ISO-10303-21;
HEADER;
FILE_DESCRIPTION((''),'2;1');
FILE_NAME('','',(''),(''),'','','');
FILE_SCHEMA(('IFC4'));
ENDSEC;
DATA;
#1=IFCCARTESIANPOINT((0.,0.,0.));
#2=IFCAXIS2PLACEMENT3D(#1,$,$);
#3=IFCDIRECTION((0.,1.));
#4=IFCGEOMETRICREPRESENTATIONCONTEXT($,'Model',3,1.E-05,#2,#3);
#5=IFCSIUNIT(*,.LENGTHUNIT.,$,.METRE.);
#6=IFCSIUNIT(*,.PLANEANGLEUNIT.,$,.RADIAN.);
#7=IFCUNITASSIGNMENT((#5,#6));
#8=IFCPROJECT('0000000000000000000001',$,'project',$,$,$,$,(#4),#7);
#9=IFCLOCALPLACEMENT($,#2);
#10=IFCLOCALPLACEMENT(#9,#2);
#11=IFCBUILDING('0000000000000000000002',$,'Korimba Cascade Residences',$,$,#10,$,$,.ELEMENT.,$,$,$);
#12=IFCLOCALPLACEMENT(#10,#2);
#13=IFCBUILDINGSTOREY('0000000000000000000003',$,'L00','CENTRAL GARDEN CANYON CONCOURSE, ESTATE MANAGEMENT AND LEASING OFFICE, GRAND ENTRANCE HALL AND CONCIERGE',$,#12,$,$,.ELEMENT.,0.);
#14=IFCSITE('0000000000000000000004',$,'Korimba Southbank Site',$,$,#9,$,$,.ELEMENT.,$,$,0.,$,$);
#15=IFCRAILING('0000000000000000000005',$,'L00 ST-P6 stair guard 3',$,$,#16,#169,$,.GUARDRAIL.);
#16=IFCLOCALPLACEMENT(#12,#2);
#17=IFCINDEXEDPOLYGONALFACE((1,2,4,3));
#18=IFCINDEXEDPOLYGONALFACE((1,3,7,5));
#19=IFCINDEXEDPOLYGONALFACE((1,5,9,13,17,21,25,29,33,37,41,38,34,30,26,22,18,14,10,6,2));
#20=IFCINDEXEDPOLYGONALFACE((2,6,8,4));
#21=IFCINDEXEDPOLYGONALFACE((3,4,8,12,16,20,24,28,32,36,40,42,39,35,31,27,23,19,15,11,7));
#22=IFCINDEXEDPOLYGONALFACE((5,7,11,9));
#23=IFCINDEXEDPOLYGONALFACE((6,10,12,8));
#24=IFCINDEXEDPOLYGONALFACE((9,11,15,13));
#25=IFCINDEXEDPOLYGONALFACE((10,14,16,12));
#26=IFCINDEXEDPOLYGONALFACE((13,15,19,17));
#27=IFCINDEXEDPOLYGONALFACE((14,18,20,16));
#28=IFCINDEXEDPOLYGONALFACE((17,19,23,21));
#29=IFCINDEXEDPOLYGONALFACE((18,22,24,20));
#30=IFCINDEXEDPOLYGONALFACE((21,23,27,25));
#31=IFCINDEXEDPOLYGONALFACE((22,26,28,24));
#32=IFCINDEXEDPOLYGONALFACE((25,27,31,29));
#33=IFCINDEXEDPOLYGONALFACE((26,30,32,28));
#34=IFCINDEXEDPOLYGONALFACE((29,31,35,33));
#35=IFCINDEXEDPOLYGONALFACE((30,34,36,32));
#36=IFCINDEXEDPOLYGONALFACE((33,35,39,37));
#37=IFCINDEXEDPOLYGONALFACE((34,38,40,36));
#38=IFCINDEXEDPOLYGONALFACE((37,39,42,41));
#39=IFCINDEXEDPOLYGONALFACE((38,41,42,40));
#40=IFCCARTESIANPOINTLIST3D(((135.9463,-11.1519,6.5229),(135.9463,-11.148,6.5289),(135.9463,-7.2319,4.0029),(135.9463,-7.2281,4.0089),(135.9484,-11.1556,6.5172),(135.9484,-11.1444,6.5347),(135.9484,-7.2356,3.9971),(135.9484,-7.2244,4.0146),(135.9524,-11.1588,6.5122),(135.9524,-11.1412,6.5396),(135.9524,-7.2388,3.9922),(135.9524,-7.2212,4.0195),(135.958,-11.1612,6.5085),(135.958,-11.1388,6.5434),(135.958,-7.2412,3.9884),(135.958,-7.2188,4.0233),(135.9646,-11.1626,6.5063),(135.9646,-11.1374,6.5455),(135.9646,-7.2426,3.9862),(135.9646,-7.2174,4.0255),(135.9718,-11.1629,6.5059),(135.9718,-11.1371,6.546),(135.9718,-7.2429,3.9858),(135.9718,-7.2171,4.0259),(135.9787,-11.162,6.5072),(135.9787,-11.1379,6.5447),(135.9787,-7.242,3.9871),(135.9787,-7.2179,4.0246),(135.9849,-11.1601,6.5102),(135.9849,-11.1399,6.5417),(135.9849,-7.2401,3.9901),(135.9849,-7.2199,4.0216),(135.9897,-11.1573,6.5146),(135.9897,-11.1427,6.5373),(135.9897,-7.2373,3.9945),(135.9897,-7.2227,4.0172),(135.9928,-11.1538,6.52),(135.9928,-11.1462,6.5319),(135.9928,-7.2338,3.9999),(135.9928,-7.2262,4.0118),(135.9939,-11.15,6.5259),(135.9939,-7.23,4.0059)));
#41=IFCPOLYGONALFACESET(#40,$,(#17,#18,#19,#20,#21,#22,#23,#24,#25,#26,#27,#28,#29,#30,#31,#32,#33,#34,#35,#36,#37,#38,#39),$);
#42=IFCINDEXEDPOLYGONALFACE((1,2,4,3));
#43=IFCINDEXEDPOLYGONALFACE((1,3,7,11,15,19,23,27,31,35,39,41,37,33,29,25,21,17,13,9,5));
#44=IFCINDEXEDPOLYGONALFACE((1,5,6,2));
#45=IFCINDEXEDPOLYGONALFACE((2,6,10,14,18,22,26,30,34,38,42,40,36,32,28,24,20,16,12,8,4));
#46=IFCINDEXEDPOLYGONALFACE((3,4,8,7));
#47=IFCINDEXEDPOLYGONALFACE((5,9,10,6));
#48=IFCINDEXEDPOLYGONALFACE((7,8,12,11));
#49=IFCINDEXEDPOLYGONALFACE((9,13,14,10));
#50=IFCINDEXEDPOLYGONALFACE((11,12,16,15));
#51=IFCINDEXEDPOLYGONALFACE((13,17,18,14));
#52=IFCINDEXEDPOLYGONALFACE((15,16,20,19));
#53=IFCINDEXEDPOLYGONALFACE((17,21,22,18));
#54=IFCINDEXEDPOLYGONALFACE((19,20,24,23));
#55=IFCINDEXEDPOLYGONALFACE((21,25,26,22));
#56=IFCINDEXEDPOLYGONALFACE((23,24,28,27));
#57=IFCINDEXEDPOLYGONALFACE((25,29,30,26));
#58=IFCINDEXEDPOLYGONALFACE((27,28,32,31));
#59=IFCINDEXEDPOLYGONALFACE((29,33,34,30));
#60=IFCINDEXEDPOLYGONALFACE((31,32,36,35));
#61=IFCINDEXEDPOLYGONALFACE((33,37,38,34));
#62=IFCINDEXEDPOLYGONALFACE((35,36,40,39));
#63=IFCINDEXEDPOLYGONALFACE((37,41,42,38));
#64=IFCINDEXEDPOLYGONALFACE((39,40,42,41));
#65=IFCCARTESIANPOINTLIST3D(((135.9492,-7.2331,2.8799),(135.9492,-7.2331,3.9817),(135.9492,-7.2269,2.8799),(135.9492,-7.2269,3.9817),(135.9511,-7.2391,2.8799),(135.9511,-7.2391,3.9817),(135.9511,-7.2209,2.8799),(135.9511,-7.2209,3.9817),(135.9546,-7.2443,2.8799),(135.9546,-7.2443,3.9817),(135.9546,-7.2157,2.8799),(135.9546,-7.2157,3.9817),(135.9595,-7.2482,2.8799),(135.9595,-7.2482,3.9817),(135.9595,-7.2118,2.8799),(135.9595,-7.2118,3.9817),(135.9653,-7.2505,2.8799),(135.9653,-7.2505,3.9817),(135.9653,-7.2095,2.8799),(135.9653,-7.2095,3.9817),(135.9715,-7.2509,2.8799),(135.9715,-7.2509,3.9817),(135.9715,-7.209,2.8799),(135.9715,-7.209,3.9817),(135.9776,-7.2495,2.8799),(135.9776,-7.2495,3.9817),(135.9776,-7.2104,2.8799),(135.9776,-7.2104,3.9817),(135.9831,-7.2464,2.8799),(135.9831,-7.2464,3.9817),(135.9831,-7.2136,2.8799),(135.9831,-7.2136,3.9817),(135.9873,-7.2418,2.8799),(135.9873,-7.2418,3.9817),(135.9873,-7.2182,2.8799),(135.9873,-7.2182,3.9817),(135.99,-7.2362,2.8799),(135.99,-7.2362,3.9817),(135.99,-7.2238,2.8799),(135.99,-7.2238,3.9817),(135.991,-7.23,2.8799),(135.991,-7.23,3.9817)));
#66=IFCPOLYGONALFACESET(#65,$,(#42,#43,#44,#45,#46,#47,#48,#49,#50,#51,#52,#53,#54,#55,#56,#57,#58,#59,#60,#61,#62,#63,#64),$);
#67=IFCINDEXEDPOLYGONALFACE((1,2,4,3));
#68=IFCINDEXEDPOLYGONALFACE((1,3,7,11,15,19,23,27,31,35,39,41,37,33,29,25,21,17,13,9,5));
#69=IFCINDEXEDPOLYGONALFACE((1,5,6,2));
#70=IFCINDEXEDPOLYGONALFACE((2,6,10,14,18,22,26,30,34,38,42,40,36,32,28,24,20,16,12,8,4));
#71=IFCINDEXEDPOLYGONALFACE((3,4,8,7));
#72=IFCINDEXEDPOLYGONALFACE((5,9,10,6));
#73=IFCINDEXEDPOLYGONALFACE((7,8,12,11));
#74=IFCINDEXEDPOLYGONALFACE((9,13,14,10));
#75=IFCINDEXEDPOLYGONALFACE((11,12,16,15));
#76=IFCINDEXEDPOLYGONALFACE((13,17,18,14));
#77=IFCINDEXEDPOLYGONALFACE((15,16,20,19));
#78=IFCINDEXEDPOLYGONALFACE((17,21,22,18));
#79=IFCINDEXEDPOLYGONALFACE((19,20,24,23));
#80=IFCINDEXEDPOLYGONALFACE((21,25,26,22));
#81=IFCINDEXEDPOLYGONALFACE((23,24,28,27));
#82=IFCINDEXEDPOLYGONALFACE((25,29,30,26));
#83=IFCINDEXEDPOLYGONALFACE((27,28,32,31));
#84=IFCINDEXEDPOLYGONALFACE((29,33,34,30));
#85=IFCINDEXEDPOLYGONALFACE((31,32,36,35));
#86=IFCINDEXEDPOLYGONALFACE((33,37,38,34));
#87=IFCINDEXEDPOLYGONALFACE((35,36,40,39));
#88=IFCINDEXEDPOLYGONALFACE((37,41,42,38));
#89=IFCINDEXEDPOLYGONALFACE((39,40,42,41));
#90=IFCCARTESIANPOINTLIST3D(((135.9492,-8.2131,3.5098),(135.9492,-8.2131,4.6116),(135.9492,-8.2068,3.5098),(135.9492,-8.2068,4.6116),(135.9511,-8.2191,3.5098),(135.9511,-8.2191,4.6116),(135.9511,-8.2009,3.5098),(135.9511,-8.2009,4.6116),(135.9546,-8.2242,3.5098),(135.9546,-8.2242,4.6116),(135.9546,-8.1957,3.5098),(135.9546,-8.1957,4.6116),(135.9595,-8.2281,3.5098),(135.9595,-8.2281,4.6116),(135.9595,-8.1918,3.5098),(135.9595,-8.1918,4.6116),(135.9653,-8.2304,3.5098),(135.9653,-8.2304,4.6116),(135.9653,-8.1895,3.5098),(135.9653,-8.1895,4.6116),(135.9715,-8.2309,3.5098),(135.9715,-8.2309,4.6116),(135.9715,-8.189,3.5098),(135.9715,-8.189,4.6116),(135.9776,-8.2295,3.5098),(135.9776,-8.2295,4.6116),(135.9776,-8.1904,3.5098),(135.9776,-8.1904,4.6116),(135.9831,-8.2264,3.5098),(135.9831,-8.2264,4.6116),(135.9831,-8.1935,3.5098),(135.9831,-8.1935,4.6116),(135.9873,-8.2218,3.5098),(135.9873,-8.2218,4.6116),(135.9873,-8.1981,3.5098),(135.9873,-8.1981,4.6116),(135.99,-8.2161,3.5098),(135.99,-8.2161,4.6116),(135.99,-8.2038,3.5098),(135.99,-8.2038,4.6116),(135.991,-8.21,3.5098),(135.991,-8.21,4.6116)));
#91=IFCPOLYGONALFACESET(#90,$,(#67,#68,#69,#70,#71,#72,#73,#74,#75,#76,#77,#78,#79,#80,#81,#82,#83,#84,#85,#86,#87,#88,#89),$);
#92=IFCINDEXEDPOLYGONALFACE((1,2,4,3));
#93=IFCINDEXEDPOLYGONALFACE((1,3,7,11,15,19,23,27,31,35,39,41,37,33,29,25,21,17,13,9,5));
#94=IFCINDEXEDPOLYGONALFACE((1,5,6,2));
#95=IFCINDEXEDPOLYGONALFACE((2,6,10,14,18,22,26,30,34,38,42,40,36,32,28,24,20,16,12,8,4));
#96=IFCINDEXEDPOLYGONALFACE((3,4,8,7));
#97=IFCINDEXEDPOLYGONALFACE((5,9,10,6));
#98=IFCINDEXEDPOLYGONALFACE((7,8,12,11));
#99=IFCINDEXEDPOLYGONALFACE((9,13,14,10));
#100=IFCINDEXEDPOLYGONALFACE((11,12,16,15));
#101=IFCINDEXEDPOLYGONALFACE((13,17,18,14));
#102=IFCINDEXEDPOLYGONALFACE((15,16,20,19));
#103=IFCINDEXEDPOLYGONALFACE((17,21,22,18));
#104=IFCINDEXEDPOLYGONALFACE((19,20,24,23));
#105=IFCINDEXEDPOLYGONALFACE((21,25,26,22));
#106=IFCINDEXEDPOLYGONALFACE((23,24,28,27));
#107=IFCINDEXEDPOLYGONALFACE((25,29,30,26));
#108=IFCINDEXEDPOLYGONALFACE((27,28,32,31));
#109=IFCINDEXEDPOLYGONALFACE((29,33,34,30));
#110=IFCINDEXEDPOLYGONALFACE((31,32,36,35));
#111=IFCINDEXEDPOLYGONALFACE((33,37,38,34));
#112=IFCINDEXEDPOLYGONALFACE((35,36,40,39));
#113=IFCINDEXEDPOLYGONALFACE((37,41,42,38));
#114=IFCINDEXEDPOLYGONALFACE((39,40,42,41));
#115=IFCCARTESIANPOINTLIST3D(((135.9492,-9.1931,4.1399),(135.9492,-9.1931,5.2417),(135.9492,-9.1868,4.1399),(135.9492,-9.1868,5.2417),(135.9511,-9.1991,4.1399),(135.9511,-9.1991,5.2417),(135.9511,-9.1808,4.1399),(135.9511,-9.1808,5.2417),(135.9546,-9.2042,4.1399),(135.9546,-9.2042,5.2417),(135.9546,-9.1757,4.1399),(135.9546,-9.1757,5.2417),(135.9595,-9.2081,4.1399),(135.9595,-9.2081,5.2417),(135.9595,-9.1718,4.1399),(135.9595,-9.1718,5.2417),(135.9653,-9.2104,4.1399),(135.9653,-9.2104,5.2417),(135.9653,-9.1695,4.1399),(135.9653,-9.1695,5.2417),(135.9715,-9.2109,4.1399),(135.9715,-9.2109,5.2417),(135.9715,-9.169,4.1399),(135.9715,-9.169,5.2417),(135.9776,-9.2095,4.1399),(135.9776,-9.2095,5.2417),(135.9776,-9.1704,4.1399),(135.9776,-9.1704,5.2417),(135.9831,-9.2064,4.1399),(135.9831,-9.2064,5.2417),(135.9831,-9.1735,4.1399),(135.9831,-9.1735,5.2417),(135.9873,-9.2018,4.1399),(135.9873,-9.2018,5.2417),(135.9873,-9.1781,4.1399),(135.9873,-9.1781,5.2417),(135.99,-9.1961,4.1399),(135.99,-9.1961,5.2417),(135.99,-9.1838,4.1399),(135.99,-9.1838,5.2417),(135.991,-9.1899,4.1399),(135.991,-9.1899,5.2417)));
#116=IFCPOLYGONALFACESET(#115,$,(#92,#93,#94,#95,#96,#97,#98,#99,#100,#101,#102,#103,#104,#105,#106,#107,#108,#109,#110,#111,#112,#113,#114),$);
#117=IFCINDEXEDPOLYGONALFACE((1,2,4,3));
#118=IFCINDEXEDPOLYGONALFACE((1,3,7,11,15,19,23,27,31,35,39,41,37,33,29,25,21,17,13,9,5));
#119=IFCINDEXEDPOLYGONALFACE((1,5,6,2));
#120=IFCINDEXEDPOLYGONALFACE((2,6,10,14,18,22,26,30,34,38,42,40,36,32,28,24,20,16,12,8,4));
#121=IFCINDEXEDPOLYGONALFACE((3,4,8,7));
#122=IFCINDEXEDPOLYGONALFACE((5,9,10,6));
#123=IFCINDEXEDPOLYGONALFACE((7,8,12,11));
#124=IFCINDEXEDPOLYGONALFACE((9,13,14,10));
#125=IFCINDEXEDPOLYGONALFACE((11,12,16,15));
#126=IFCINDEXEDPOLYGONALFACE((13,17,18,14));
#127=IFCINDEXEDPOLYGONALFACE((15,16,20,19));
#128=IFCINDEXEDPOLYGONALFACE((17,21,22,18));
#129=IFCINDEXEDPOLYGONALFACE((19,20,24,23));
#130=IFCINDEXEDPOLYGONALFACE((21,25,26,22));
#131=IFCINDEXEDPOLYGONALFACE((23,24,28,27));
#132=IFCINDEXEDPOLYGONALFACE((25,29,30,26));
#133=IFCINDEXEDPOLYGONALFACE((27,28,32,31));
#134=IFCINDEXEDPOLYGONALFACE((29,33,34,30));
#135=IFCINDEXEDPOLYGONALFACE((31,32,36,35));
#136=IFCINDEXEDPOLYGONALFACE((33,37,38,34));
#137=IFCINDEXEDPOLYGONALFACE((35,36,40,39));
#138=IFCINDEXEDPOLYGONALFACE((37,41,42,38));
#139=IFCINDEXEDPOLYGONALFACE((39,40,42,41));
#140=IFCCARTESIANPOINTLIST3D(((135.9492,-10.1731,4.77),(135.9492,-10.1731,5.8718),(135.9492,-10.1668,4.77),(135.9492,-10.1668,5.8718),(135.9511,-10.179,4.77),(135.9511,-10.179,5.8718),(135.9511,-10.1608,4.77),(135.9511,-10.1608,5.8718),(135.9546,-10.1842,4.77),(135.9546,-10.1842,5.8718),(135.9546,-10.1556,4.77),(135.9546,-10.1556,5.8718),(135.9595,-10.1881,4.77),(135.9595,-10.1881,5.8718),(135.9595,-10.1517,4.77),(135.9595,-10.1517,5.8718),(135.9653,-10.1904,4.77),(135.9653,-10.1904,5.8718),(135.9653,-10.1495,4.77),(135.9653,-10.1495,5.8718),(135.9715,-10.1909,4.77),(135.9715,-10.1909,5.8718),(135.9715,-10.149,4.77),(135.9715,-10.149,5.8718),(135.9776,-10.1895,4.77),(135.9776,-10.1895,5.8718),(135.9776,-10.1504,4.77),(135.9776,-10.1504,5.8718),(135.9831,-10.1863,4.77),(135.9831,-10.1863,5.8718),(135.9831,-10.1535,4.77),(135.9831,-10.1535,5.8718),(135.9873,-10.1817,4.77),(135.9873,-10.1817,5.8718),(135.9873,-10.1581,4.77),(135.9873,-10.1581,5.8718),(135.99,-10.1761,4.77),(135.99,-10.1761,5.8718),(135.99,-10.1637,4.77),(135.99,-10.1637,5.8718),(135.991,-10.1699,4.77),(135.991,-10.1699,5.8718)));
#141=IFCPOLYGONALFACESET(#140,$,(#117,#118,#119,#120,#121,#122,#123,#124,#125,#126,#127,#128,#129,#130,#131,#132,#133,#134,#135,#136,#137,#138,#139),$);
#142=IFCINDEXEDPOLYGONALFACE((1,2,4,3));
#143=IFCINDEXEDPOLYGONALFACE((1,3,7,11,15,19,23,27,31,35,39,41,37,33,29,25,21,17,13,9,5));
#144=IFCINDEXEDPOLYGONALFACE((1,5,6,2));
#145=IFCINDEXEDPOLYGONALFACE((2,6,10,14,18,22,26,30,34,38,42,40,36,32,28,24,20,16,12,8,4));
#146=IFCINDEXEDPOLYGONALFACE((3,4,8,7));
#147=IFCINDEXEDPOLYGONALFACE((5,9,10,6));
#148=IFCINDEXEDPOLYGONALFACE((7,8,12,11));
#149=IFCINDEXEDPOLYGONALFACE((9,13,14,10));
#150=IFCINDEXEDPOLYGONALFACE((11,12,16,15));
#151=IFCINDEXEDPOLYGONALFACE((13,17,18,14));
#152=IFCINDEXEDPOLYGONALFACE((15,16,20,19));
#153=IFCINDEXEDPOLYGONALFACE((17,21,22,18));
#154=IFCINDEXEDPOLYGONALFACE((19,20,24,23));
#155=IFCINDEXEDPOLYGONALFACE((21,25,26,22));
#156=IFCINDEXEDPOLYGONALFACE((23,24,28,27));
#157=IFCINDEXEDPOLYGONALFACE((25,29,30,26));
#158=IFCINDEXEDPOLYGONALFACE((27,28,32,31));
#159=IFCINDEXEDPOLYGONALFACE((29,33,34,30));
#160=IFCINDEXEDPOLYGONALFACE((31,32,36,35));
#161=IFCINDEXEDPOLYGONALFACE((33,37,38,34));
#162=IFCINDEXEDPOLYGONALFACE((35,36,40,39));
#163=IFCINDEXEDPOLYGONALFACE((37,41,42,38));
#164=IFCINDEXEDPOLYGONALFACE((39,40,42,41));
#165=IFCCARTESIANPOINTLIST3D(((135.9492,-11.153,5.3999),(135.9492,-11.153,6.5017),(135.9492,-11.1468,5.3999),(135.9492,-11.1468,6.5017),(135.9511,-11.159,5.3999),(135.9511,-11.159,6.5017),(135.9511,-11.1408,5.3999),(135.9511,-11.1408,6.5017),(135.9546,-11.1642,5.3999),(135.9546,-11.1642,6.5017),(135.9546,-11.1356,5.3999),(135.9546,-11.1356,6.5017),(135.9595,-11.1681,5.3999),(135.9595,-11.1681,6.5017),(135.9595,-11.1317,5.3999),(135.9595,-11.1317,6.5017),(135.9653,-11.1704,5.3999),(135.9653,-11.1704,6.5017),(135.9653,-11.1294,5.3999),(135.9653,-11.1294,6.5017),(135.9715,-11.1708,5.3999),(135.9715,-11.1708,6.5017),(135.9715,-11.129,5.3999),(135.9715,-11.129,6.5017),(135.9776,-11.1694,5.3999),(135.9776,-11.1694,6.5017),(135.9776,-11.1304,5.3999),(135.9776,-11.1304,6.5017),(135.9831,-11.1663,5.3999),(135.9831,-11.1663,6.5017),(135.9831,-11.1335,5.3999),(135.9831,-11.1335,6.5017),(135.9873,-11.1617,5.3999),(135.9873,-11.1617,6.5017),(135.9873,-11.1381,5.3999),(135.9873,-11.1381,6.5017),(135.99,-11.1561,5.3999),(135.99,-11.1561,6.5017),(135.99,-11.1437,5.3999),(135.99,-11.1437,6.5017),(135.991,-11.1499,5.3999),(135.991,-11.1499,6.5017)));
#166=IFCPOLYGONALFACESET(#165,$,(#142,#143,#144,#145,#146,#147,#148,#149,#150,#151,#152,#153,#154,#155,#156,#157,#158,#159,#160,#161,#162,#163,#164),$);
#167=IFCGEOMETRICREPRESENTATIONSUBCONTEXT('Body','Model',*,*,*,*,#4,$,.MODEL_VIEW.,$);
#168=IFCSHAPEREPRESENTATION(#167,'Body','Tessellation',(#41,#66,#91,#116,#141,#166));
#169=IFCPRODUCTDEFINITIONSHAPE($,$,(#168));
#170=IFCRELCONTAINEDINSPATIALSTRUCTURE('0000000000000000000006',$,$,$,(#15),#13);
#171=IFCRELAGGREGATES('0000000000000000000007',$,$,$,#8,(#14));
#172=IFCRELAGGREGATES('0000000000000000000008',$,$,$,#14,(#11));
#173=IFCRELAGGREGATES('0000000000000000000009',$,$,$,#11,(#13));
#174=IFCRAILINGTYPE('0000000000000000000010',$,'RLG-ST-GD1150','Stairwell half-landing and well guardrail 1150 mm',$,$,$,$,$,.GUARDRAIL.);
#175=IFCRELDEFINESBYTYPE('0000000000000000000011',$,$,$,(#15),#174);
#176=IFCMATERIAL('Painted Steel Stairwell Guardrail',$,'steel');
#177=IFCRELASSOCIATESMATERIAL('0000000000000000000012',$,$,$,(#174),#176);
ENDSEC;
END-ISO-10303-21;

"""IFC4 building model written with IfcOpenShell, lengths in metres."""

from ifc_helpers import new_model, si_unit, direction, frame, origin, origin_2d, place, context, subcontext, project, spatial, circle, extrude, material, type_object, element, save


model = new_model("IFC4")

# Units and contexts
model_context = context("Model", 3, precision=1e-05, world=origin(), true_north=direction((0.0, 1.0)))
body_context = subcontext(model_context, "Body", "Model", "MODEL_VIEW")
ifc_project = project(units=[si_unit("LENGTHUNIT", "METRE"), si_unit("PLANEANGLEUNIT", "RADIAN")], contexts=[model_context])

# Site, building, storey
site_placement = place(None, origin())
site = spatial("IfcSite", under=ifc_project, at=site_placement, Name="Korimba Southbank Site", CompositionType="ELEMENT", RefElevation=0.0)
building_placement = place(site_placement, origin())
building = spatial("IfcBuilding", under=site, at=building_placement, Name="Korimba Cascade Residences", CompositionType="ELEMENT")
storey_placement = place(building_placement, origin())
storey = spatial("IfcBuildingStorey", under=building, at=storey_placement, Name="L00", Description="CENTRAL GARDEN CANYON CONCOURSE, ESTATE MANAGEMENT AND LEASING OFFICE, GRAND ENTRANCE HALL AND CONCIERGE", CompositionType="ELEMENT", Elevation=0.0)

# Railing
ifc_material_1 = material(Name="Painted Steel Stairwell Guardrail", Category="steel")
railing_type_1 = type_object("IfcRailingType", Name="RLG-ST-GD1150", Description="Stairwell half-landing and well guardrail 1150 mm", PredefinedType="GUARDRAIL", material=ifc_material_1)
railing_1_placement = place(storey_placement, frame((135.97, -7.23, 2.8799)))
element("IfcRailing", 1, at=railing_1_placement, inside=storey, type_object=railing_type_1, Name="L00 ST-P6 stair guard 3", PredefinedType="GUARDRAIL", context=body_context, shape_type="SweptSolid", body=[
    extrude(circle(Radius=0.0239, at=origin_2d()), frame((0.0, 0.0, 1.126), z_axis=(0.0, -0.841172, 0.540768), x_axis=(1.0, 0.0, 0.0)), (0.0, 0.0, 1.0), 4.6602),
    extrude(circle(Radius=0.021, at=origin_2d()), origin(), (0.0, 0.0, 1.0), 1.1018),
    extrude(circle(Radius=0.021, at=origin_2d()), frame((0.0, -0.98, 0.6299)), (0.0, 0.0, 1.0), 1.1018),
    extrude(circle(Radius=0.021, at=origin_2d()), frame((0.0, -1.96, 1.26)), (0.0, 0.0, 1.0), 1.1018),
    extrude(circle(Radius=0.021, at=origin_2d()), frame((0.0, -2.9399, 1.8901)), (0.0, 0.0, 1.0), 1.1018),
    extrude(circle(Radius=0.021, at=origin_2d()), frame((0.0, -3.9199, 2.52)), (0.0, 0.0, 1.0), 1.1018),
])

save(model, "model.ifc")
